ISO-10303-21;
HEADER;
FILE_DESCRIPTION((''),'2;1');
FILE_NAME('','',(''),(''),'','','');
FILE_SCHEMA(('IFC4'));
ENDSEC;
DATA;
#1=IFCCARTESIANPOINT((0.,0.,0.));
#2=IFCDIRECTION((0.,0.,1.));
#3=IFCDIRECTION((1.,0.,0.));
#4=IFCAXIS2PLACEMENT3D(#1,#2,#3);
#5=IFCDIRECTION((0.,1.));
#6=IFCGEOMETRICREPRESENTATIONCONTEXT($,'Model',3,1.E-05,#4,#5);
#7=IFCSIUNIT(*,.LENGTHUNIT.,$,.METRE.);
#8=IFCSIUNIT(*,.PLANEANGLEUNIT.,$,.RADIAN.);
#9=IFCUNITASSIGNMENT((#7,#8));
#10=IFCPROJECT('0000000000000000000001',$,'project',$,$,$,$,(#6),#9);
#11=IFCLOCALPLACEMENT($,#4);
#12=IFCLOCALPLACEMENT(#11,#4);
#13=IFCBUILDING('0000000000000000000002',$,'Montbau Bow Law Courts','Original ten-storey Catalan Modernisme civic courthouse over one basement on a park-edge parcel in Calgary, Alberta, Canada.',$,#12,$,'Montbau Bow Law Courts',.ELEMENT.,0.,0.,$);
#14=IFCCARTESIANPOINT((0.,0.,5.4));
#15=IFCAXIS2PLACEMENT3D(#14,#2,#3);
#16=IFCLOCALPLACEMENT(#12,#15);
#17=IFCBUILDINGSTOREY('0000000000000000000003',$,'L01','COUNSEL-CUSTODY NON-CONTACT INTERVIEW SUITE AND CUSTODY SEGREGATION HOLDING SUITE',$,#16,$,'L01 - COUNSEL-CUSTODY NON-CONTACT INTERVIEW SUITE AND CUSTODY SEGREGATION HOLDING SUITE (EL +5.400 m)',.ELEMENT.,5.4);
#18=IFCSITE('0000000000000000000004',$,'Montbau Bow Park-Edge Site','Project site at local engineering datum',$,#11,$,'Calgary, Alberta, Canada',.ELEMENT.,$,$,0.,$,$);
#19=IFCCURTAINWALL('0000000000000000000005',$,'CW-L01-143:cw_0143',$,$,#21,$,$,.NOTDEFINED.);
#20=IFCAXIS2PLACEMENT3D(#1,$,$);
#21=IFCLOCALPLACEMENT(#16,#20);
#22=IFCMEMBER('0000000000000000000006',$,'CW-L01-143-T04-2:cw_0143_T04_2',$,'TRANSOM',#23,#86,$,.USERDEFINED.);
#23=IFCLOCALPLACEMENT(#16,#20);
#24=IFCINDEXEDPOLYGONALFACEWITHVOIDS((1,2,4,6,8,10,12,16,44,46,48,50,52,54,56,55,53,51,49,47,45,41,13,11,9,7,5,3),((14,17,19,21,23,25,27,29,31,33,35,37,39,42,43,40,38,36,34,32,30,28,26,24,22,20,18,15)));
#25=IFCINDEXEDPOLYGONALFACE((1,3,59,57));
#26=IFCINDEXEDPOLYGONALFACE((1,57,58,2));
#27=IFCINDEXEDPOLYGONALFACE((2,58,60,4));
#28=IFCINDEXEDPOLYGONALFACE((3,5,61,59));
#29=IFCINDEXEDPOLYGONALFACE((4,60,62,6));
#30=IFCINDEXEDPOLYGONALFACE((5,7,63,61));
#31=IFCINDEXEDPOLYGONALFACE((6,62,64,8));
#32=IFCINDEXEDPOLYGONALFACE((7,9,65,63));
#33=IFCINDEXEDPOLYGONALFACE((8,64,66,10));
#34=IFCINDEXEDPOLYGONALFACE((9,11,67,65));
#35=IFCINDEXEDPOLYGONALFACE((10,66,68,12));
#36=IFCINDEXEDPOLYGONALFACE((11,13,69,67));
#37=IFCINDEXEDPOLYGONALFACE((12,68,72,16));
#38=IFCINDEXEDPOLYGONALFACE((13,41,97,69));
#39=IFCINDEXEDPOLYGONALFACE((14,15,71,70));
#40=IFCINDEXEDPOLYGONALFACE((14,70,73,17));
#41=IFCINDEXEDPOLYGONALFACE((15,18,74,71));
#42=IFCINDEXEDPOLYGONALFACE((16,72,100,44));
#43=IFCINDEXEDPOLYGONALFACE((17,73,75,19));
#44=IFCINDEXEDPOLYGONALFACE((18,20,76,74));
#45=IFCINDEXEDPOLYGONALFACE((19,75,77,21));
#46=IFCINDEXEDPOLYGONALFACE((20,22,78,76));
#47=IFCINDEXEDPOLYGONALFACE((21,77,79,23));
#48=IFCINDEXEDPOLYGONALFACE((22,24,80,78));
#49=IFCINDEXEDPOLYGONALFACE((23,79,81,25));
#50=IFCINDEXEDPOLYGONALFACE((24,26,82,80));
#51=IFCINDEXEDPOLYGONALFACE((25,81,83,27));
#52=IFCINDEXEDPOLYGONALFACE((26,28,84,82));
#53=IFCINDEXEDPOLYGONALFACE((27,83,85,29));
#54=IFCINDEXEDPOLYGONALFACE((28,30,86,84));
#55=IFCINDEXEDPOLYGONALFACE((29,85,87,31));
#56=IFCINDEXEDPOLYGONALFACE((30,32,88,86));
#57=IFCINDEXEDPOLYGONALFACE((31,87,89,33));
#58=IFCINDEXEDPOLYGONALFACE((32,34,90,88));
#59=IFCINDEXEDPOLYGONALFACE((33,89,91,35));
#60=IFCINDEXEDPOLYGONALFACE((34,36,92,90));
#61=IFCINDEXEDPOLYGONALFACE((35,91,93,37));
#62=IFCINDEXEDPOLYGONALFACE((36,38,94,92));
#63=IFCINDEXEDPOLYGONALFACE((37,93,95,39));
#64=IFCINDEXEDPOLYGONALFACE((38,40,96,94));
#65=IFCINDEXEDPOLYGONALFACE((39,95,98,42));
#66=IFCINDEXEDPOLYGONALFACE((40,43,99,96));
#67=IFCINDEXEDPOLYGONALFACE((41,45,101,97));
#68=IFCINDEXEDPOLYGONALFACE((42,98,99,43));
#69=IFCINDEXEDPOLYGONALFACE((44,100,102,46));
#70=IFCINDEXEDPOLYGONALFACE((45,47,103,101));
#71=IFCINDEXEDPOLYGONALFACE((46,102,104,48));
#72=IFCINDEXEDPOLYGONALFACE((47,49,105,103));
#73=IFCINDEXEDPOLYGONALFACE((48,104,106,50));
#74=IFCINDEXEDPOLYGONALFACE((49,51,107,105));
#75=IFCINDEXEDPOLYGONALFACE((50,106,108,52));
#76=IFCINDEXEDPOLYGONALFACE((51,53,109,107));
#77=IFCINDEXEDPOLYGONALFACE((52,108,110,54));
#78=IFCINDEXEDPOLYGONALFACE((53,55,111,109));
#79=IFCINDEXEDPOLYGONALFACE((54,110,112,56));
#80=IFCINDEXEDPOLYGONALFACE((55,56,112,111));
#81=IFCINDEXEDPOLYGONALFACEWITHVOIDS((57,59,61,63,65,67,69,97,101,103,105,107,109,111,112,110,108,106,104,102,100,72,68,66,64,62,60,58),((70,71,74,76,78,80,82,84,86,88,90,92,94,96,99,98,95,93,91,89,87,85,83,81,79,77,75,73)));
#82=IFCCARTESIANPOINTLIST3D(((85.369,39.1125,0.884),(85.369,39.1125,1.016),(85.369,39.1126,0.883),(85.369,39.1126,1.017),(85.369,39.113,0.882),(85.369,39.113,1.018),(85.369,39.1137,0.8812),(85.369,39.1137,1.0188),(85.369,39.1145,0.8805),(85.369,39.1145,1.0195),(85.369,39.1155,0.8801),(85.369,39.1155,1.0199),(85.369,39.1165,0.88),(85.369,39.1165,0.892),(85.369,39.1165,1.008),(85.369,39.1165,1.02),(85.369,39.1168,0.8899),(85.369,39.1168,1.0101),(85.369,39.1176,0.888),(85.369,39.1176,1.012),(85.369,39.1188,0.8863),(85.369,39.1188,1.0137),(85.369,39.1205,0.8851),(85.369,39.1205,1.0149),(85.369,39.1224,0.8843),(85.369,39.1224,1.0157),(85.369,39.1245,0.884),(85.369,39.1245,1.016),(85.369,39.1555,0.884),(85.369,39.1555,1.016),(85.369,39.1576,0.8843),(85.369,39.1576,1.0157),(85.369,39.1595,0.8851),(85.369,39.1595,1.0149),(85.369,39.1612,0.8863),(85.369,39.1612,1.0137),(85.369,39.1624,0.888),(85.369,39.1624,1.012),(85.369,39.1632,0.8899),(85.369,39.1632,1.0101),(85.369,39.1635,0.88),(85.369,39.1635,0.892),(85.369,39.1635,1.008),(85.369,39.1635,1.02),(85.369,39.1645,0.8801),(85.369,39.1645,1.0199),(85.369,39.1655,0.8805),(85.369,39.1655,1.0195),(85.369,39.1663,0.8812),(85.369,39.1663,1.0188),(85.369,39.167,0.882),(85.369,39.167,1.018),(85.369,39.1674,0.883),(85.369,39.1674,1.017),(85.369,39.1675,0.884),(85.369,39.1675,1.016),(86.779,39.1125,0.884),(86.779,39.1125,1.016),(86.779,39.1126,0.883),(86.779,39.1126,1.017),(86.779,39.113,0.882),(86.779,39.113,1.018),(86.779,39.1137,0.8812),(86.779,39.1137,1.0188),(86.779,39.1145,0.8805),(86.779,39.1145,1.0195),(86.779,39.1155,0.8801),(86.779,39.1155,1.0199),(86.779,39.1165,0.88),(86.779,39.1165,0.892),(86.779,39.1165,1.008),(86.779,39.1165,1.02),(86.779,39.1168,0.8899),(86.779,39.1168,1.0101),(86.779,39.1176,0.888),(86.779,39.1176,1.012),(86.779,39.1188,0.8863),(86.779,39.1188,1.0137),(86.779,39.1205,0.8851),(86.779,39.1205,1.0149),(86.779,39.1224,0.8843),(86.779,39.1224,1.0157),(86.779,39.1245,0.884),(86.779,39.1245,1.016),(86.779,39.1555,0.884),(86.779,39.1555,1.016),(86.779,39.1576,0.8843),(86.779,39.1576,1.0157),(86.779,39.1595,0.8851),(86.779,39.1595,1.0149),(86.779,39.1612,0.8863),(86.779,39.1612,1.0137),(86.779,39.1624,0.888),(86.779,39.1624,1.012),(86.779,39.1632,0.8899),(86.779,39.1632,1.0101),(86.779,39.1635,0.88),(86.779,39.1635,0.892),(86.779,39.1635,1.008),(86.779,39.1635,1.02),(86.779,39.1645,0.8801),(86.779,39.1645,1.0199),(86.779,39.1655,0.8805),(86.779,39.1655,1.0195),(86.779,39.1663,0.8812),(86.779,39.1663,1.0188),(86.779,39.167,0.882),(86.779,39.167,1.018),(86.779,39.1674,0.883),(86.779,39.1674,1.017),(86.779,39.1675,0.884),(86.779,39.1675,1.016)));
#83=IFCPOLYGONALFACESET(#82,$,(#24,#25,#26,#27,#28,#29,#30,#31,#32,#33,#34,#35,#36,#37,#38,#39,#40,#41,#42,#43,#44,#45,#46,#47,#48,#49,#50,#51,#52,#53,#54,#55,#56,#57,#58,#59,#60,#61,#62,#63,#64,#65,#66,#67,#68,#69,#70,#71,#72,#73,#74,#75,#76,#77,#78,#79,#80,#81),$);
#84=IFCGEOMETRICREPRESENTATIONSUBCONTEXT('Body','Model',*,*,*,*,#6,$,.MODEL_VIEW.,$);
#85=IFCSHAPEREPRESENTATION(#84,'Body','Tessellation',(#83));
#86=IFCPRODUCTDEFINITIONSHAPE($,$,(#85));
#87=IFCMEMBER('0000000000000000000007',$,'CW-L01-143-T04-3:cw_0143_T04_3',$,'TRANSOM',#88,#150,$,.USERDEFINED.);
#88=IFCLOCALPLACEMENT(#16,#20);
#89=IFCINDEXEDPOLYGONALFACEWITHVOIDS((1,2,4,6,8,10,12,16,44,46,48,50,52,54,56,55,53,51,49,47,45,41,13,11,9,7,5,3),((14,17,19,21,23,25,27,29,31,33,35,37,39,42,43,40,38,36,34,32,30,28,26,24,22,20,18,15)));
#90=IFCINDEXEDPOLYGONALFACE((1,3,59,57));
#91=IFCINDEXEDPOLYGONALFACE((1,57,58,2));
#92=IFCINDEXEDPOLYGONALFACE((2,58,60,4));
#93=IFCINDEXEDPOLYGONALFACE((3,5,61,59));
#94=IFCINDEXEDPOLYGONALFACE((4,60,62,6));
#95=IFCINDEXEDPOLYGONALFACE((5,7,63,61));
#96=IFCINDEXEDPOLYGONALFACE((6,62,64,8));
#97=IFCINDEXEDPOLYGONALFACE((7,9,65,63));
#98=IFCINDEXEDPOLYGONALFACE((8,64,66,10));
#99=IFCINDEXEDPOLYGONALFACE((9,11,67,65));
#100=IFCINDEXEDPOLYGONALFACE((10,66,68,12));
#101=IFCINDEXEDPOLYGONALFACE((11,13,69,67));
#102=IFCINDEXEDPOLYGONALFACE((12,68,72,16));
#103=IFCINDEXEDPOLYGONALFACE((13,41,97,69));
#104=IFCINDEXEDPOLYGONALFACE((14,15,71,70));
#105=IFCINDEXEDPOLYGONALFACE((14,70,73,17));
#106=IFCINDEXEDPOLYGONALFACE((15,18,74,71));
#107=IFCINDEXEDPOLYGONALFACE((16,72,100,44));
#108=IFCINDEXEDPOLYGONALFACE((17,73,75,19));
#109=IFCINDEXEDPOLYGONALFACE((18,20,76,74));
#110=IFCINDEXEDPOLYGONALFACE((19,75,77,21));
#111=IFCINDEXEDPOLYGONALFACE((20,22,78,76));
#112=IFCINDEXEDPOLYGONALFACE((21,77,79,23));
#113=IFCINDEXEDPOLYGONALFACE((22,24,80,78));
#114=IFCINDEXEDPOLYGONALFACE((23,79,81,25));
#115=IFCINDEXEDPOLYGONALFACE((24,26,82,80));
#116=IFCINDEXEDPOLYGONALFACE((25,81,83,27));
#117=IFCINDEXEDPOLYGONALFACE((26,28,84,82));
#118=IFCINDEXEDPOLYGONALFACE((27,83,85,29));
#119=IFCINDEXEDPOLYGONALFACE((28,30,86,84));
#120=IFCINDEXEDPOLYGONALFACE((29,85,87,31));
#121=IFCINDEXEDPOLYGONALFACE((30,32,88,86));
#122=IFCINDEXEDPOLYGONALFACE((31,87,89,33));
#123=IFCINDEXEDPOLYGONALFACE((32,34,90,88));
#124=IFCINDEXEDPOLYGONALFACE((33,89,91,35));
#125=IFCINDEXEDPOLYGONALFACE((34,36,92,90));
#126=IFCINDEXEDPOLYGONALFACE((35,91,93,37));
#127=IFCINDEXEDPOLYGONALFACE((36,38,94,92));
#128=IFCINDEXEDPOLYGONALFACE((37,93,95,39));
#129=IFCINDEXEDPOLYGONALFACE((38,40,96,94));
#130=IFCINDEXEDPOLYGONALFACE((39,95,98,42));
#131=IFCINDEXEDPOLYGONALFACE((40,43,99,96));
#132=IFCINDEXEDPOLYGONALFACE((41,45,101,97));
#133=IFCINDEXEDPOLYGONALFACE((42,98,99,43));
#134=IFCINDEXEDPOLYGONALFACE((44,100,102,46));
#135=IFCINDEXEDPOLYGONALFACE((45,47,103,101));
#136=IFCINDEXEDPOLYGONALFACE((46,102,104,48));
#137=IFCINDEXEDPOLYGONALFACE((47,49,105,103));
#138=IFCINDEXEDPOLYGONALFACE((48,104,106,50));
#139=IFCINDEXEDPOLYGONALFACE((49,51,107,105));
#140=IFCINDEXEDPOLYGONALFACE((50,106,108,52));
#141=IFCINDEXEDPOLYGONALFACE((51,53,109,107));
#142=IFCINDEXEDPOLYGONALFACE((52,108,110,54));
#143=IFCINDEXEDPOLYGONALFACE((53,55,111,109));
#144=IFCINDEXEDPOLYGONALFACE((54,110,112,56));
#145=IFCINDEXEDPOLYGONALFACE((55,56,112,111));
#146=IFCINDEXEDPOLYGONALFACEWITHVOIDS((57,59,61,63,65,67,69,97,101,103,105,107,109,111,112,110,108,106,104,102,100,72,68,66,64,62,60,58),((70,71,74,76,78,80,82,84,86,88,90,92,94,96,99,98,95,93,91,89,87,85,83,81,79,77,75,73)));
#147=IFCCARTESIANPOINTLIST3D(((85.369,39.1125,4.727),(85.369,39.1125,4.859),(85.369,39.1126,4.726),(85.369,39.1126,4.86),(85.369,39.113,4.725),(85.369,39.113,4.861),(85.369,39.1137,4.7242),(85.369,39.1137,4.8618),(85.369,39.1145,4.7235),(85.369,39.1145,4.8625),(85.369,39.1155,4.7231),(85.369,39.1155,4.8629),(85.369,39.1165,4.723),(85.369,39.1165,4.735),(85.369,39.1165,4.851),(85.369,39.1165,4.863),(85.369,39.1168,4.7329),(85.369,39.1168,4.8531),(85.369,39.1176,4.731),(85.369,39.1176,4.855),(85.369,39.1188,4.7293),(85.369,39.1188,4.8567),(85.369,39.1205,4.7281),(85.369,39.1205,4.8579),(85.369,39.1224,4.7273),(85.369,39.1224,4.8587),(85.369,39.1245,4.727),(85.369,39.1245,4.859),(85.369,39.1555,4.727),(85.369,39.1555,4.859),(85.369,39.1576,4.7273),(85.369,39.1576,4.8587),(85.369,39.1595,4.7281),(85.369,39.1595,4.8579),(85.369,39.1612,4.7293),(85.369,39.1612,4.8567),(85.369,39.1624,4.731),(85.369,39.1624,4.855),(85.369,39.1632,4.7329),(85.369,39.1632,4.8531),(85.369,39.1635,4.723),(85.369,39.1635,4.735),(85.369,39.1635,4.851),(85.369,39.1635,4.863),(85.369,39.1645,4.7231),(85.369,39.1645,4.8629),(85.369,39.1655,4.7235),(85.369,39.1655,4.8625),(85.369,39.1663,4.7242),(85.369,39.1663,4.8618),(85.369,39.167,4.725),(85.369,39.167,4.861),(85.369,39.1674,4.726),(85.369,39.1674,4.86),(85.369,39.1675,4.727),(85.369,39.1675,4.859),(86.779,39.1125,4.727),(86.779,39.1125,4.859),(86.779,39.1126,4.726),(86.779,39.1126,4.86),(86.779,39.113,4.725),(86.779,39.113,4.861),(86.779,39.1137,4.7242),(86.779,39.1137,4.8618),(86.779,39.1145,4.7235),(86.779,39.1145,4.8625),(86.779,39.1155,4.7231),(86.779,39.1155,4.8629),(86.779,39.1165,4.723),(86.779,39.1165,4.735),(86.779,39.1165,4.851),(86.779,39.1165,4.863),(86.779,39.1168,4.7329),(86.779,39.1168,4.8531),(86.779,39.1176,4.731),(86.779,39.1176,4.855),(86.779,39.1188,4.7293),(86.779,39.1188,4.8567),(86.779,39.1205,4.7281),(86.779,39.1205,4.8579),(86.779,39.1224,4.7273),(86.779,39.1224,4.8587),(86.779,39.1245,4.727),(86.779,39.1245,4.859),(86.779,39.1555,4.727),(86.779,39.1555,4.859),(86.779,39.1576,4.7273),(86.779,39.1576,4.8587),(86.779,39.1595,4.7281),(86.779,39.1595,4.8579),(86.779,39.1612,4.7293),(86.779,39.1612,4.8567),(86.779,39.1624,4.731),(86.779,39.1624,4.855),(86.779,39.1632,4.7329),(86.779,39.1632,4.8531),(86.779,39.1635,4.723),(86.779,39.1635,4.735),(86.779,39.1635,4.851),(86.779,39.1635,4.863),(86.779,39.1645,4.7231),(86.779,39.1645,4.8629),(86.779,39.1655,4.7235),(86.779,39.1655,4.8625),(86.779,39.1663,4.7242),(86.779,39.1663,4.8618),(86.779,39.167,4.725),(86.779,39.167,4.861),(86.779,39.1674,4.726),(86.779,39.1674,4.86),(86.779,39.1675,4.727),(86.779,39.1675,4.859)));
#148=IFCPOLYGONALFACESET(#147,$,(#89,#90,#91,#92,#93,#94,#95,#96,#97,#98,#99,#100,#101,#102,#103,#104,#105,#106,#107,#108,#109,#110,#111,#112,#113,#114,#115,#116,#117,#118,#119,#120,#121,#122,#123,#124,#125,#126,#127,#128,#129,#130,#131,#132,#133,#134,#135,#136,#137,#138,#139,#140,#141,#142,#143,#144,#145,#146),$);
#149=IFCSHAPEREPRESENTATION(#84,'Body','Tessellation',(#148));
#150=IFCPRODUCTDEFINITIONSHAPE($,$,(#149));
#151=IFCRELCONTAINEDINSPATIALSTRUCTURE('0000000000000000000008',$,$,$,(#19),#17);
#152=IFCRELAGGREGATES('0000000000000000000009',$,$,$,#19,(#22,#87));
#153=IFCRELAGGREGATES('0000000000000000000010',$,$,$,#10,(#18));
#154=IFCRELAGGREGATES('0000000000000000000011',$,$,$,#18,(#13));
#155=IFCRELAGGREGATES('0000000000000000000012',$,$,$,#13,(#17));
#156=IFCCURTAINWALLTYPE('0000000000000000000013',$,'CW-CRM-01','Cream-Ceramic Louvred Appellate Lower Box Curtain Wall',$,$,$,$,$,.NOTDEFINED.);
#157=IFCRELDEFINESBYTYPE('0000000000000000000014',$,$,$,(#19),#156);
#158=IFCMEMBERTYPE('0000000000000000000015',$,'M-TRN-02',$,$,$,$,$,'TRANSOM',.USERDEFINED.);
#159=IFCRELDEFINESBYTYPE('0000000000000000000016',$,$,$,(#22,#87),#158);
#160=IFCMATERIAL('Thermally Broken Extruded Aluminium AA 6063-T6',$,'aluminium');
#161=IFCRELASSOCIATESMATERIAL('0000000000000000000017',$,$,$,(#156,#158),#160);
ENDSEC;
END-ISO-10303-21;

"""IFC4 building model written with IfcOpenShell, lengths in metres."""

from ifc_helpers import new_model, si_unit, direction, frame, origin_with_axes, origin_2d_with_axis, place, context, subcontext, project, spatial, hollow_rectangle, extrude, material, material_profile, profile_set, type_object, element, aggregate, save


model = new_model("IFC4")

# Units and contexts
model_context = context("Model", 3, precision=1e-05, world=origin_with_axes(), true_north=direction((0.0, 1.0)))
body_context = subcontext(model_context, "Body", "Model", "MODEL_VIEW")
ifc_project = project(units=[si_unit("LENGTHUNIT", "METRE"), si_unit("PLANEANGLEUNIT", "RADIAN")], contexts=[model_context])

# Site, building, storey
site_placement = place(None, origin_with_axes())
site = spatial("IfcSite", under=ifc_project, at=site_placement, Name="Montbau Bow Park-Edge Site", Description="Project site at local engineering datum", LongName="Calgary, Alberta, Canada", CompositionType="ELEMENT", RefElevation=0.0)
building_placement = place(site_placement, origin_with_axes())
building = spatial("IfcBuilding", under=site, at=building_placement, Name="Montbau Bow Law Courts", Description="Original ten-storey Catalan Modernisme civic courthouse over one basement on a park-edge parcel in Calgary, Alberta, Canada.", LongName="Montbau Bow Law Courts", CompositionType="ELEMENT", ElevationOfRefHeight=0.0, ElevationOfTerrain=0.0)
storey_placement = place(building_placement, frame((0.0, 0.0, 5.4), z_axis=(0.0, 0.0, 1.0), x_axis=(1.0, 0.0, 0.0)))
storey = spatial("IfcBuildingStorey", under=building, at=storey_placement, Name="L01", Description="COUNSEL-CUSTODY NON-CONTACT INTERVIEW SUITE AND CUSTODY SEGREGATION HOLDING SUITE", LongName="L01 - COUNSEL-CUSTODY NON-CONTACT INTERVIEW SUITE AND CUSTODY SEGREGATION HOLDING SUITE (EL +5.400 m)", CompositionType="ELEMENT", Elevation=5.4)

# Curtain wall, members
ifc_material_1 = material(Name="Thermally Broken Extruded Aluminium AA 6063-T6", Category="aluminium")
curtain_wall_type = type_object("IfcCurtainWallType", Name="CW-CRM-01", Description="Cream-Ceramic Louvred Appellate Lower Box Curtain Wall", PredefinedType="NOTDEFINED", material=ifc_material_1)
curtain_wall_placement = place(None, frame((80.915, 39.14, 5.4), z_axis=(0.0, 0.0, 1.0), x_axis=(1.0, 0.0, 0.0)))
curtain_wall = element("IfcCurtainWall", 1, at=curtain_wall_placement, inside=storey, type_object=curtain_wall_type, Name="CW-L01-143:cw_0143", PredefinedType="NOTDEFINED")
ifc_material_profile_1 = material_profile(ifc_material_1, hollow_rectangle(XDim=0.055, YDim=0.14, WallThickness=0.004, InnerFilletRadius=0.008, OuterFilletRadius=0.004, at=origin_2d_with_axis()), Name="CWT-140X55", Category="Main", Priority=0)
ifc_profile_set_1 = profile_set([ifc_material_profile_1], Name="Thermally Broken Extruded Aluminium AA 6063-T6")
member_type_1 = type_object("IfcMemberType", Name="M-TRN-02", ElementType="TRANSOM", PredefinedType="USERDEFINED", material=ifc_profile_set_1)
member_1_placement = place(None, frame((85.369, 39.14, 6.35), z_axis=(1.0, 0.0, 0.0), x_axis=(0.0, 1.0, 0.0)))
member_1 = element("IfcMember", 2, at=member_1_placement, type_object=member_type_1, Name="CW-L01-143-T04-2:cw_0143_T04_2", ObjectType="TRANSOM", PredefinedType="USERDEFINED", context=body_context, shape_type="SweptSolid", body=[
    extrude(hollow_rectangle(XDim=0.055, YDim=0.14, WallThickness=0.004, InnerFilletRadius=0.008, OuterFilletRadius=0.004, at=origin_2d_with_axis()), origin_with_axes(), (0.0, 0.0, 1.0), 1.41),
])
member_2_placement = place(None, frame((85.369, 39.14, 10.193), z_axis=(1.0, 0.0, 0.0), x_axis=(0.0, 1.0, 0.0)))
member_2 = element("IfcMember", 3, at=member_2_placement, type_object=member_type_1, Name="CW-L01-143-T04-3:cw_0143_T04_3", ObjectType="TRANSOM", PredefinedType="USERDEFINED", context=body_context, shape_type="SweptSolid", body=[
    extrude(hollow_rectangle(XDim=0.055, YDim=0.14, WallThickness=0.004, InnerFilletRadius=0.008, OuterFilletRadius=0.004, at=origin_2d_with_axis()), origin_with_axes(), (0.0, 0.0, 1.0), 1.41),
])
aggregate(curtain_wall, [member_1, member_2])

save(model, "model.ifc")
